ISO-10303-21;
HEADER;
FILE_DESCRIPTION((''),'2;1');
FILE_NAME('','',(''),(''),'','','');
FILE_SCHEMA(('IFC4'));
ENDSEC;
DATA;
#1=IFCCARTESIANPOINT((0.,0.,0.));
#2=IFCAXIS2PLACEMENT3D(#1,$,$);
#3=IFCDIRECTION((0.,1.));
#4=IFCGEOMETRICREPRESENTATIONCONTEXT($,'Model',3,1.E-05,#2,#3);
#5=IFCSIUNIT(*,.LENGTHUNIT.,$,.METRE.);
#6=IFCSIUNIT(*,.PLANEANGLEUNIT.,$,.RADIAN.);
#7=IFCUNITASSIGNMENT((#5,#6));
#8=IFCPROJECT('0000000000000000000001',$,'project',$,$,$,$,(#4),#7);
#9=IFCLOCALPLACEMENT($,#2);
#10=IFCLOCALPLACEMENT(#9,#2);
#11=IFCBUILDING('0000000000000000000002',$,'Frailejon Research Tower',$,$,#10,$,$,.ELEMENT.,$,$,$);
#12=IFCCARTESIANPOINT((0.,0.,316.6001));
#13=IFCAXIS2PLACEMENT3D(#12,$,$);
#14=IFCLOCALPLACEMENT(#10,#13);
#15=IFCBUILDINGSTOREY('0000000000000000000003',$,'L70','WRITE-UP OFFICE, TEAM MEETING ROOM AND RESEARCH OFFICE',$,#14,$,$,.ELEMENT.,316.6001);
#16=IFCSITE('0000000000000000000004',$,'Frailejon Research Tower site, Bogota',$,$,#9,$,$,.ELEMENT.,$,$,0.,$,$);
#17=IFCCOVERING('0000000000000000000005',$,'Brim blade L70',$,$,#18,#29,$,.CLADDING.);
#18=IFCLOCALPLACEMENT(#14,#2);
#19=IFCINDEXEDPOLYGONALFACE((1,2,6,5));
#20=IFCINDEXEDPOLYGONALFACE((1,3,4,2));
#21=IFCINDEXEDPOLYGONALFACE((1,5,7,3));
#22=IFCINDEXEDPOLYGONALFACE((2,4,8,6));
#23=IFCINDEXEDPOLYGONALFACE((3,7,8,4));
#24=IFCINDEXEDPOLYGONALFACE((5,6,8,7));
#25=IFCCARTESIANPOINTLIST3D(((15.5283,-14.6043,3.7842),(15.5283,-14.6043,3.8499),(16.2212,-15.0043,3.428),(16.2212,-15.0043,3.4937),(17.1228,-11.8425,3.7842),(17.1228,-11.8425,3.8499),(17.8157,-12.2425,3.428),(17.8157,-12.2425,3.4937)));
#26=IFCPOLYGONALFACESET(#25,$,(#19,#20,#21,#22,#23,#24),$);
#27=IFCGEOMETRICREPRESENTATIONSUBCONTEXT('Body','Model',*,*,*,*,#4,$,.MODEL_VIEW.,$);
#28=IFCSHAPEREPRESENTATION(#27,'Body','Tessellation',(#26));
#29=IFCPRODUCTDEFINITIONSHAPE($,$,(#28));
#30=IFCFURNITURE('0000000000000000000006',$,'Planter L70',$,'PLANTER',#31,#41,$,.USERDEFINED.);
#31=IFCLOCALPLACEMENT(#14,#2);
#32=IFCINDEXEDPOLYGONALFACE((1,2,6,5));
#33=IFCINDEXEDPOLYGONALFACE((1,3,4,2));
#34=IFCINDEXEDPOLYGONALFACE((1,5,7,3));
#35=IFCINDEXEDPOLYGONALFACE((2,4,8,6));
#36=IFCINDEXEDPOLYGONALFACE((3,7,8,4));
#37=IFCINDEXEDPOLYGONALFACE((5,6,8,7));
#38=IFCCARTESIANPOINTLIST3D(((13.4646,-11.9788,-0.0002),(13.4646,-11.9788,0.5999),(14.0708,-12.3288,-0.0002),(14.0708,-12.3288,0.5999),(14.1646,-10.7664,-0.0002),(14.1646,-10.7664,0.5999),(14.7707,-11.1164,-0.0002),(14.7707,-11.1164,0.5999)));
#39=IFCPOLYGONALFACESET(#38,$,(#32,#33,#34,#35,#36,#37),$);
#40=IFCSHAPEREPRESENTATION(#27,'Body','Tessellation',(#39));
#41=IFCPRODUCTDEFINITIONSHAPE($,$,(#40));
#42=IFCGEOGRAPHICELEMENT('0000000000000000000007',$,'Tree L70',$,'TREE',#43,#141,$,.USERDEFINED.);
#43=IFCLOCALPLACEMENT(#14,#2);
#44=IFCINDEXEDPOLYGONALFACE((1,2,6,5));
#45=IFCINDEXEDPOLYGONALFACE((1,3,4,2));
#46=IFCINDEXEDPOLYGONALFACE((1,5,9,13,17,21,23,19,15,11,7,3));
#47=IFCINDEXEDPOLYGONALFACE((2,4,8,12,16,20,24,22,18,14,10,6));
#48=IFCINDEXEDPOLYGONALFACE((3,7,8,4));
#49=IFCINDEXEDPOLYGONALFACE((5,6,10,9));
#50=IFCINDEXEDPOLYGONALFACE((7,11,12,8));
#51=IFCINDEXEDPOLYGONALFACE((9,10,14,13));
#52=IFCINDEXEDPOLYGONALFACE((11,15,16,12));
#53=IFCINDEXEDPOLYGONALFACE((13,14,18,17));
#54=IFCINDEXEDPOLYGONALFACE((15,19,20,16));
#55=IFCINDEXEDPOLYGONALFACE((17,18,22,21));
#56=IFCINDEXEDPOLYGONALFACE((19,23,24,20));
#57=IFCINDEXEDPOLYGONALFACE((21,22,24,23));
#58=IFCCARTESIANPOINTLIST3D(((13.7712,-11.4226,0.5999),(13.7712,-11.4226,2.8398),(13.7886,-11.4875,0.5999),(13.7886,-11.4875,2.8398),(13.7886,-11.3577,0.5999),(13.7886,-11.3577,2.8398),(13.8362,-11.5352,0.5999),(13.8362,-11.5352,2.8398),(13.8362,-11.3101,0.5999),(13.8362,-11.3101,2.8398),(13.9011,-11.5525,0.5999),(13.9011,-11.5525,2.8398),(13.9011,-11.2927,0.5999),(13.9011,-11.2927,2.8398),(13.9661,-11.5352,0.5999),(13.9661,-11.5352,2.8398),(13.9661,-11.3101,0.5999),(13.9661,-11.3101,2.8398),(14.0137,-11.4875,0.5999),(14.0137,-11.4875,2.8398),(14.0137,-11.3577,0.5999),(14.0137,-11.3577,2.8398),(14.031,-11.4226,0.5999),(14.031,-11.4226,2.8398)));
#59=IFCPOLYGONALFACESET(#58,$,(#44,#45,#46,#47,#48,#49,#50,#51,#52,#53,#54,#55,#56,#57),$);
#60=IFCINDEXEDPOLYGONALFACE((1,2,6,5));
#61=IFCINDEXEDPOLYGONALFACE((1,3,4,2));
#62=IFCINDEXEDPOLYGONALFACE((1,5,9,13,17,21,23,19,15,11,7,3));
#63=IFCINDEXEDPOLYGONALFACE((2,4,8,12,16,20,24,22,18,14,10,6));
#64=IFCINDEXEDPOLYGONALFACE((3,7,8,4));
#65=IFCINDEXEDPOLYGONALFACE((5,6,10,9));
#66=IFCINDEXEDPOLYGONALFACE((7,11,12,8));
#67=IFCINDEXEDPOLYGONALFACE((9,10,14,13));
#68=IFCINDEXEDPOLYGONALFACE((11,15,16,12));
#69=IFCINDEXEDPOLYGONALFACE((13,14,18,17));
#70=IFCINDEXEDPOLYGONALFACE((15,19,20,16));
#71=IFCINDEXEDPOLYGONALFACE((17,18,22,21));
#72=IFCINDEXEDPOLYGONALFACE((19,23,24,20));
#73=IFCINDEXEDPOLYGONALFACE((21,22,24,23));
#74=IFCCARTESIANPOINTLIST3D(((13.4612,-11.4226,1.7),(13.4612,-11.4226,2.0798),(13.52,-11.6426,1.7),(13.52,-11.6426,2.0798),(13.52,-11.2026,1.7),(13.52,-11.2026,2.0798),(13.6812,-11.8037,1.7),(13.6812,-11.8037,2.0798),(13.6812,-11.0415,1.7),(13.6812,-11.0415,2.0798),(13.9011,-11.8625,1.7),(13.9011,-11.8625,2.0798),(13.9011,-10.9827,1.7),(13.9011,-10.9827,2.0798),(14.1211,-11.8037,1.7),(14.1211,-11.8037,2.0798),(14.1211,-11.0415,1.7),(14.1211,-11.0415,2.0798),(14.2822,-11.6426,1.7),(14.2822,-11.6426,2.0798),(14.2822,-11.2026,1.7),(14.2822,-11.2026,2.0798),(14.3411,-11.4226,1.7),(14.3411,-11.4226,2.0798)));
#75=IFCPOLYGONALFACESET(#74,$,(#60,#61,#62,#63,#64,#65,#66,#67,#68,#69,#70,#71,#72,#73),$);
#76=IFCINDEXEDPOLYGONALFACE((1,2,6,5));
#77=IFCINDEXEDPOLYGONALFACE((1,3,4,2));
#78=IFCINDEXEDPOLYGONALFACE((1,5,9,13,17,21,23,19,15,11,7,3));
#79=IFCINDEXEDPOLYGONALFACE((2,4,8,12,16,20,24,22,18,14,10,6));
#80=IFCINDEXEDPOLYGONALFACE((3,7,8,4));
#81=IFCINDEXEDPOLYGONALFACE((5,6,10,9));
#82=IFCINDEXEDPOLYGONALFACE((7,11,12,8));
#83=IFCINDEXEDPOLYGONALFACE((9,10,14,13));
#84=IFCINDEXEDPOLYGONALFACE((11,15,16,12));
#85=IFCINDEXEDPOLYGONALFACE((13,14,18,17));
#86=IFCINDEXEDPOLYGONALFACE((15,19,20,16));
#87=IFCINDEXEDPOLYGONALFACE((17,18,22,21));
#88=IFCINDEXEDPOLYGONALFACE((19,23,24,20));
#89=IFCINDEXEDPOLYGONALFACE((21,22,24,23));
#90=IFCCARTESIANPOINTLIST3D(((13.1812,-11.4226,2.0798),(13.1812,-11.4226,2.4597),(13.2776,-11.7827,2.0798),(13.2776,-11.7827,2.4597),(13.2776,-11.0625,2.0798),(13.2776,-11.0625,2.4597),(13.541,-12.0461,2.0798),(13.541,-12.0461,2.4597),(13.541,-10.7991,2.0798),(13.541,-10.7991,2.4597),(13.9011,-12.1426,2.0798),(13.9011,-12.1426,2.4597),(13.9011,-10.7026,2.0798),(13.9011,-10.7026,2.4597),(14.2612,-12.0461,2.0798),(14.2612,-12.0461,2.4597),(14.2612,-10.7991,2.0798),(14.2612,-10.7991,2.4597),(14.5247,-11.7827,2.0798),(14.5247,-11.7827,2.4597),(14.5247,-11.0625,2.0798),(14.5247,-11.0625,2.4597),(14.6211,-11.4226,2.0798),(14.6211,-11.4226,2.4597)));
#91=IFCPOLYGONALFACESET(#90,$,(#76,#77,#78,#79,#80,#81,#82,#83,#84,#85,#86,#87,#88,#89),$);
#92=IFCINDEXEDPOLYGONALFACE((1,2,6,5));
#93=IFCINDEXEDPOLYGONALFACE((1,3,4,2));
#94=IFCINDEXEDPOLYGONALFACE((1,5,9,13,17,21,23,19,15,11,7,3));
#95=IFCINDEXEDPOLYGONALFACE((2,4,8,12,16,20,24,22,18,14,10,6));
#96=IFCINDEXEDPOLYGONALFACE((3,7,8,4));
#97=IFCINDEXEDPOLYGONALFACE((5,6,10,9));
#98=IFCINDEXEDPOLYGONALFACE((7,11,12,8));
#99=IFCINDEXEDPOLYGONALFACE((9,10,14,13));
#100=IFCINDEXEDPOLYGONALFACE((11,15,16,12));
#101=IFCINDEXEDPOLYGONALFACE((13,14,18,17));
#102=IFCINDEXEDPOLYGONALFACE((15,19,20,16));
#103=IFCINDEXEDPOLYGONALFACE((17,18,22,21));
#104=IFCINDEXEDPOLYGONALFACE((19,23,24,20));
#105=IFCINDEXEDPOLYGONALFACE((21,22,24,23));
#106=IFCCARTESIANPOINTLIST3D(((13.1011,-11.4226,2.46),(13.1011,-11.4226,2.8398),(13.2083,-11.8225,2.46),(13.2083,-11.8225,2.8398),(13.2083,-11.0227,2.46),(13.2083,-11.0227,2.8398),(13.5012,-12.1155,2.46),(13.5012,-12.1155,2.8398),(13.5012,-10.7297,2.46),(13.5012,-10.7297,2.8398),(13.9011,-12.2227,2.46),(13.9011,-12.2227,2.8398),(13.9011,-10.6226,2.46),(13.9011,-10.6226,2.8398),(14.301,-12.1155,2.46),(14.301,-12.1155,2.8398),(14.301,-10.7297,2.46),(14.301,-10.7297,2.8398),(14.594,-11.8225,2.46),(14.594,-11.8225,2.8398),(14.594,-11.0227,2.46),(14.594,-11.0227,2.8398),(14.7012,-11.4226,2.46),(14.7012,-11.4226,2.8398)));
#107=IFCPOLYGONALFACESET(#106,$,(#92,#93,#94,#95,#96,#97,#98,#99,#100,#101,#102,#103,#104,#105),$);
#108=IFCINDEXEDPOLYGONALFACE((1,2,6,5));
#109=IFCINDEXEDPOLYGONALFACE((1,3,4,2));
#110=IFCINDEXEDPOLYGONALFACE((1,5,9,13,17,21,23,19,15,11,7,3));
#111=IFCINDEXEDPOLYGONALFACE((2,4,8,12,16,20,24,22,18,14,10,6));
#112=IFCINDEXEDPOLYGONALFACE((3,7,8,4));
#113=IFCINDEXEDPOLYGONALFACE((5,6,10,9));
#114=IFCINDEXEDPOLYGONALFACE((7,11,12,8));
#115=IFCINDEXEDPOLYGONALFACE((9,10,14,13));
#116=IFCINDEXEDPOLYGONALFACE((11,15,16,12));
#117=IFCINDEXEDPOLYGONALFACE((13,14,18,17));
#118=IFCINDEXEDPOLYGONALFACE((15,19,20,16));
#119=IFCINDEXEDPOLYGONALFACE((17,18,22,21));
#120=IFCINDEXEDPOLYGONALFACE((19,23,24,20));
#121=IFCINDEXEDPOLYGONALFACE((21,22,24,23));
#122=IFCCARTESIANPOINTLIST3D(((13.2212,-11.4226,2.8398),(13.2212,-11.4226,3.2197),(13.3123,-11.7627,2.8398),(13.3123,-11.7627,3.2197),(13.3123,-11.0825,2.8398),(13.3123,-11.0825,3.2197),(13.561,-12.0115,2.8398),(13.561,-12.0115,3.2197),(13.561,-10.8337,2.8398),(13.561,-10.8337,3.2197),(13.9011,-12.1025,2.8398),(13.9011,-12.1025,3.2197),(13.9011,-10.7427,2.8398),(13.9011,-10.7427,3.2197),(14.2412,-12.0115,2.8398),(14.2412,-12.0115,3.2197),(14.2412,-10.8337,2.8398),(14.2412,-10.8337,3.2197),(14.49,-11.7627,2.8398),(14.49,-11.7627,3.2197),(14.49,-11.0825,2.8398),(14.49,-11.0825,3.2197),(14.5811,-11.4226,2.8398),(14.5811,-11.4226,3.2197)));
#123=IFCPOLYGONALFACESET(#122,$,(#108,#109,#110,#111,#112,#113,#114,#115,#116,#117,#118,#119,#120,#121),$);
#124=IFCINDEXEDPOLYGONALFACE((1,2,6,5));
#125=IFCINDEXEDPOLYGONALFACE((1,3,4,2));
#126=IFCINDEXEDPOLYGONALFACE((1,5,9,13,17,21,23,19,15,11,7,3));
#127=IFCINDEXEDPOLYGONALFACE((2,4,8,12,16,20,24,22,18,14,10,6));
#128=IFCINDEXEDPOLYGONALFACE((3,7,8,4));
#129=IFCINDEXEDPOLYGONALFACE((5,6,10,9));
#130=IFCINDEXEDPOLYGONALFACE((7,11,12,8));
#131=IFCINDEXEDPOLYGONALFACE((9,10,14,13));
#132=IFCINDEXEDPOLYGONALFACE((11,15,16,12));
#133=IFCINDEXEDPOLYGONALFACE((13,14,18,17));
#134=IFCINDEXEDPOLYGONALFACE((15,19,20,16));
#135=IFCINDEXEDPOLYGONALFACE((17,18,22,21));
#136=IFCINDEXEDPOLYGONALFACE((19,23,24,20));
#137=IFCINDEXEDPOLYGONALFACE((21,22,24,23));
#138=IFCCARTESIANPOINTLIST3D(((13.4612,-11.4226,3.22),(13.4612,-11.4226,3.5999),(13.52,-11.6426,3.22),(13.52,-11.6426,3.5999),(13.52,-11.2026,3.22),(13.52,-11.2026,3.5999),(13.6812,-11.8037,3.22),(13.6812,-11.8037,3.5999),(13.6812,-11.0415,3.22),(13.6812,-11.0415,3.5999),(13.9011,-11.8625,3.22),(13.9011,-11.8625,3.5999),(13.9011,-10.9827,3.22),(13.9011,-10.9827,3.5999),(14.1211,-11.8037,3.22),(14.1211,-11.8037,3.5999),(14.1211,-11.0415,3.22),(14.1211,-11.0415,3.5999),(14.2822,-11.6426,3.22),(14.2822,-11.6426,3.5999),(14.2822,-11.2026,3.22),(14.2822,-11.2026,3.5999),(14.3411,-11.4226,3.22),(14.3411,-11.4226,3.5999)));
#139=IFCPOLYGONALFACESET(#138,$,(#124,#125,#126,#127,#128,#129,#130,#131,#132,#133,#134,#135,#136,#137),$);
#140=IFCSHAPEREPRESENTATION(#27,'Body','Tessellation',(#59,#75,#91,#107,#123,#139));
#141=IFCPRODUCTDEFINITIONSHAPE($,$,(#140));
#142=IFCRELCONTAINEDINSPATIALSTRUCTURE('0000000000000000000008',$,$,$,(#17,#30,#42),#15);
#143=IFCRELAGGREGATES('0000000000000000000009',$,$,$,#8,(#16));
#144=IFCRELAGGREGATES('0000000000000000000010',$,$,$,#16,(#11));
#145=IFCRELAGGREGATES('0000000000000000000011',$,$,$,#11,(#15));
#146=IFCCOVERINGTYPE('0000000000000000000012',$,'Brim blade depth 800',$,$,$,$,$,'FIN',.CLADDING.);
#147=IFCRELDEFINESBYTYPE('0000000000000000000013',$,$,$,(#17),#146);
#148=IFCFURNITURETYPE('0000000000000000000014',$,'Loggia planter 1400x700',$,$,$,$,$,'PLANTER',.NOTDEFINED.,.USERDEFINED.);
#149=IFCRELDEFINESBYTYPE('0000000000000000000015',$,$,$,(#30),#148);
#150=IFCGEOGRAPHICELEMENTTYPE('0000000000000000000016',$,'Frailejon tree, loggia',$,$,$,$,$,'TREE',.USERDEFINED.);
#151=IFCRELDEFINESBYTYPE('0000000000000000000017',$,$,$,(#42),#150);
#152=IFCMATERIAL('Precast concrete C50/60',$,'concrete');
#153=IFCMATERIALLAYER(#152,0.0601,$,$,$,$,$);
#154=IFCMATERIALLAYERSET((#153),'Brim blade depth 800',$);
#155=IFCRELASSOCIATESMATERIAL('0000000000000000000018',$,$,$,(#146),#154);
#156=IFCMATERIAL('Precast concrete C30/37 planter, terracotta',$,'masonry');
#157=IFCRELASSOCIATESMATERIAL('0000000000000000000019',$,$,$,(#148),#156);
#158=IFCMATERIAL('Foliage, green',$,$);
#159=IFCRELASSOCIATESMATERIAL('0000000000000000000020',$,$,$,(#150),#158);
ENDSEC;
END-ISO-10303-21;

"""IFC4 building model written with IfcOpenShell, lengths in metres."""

from ifc_helpers import new_model, si_unit, direction, frame, origin, origin_2d, place, context, subcontext, project, spatial, polyline, rectangle, outline, extrude, material, layer, layer_set, type_object, element, save


model = new_model("IFC4")

# Units and contexts
model_context = context("Model", 3, precision=1e-05, world=origin(), true_north=direction((0.0, 1.0)))
body_context = subcontext(model_context, "Body", "Model", "MODEL_VIEW")
ifc_project = project(units=[si_unit("LENGTHUNIT", "METRE"), si_unit("PLANEANGLEUNIT", "RADIAN")], contexts=[model_context])

# Site, building, storey
site_placement = place(None, origin())
site = spatial("IfcSite", under=ifc_project, at=site_placement, Name="Frailejon Research Tower site, Bogota", CompositionType="ELEMENT", RefElevation=0.0)
building_placement = place(site_placement, origin())
building = spatial("IfcBuilding", under=site, at=building_placement, Name="Frailejon Research Tower", CompositionType="ELEMENT")
storey_placement = place(building_placement, frame((0.0, 0.0, 316.6001)))
storey = spatial("IfcBuildingStorey", under=building, at=storey_placement, Name="L70", Description="WRITE-UP OFFICE, TEAM MEETING ROOM AND RESEARCH OFFICE", CompositionType="ELEMENT", Elevation=316.6001)

# Covering
ifc_material_1 = material(Name="Precast concrete C50/60", Category="concrete")
ifc_layer_1 = layer(ifc_material_1, 0.0601)
ifc_layer_set_1 = layer_set([ifc_layer_1], Name="Brim blade depth 800")
covering_type_1 = type_object("IfcCoveringType", Name="Brim blade depth 800", ElementType="FIN", PredefinedType="CLADDING", material=ifc_layer_set_1)
for number, where, z_axis, x_axis, name in (
    (1, (17.1228, -11.8425, 3.8499), (-0.499994, -0.866029, 0.0), (0.866029, -0.499994, 0.0), "Brim blade L70"),
):
    element("IfcCovering", number, at=place(storey_placement, frame(where, z_axis=z_axis, x_axis=x_axis)), inside=storey, type_object=covering_type_1, Name=name, PredefinedType="CLADDING", context=body_context, shape_type="SweptSolid", body=[
        extrude(outline(polyline([(0.0, -0.0657), (0.8, -0.4219), (0.8, -0.3562), (0.0, 0.0), (0.0, -0.0657)])), origin(), (0.0, 0.0, 1.0), 3.189),
    ])

# Furniture
ifc_material_2 = material(Name="Precast concrete C30/37 planter, terracotta", Category="masonry")
furniture_type = type_object("IfcFurnitureType", Name="Loggia planter 1400x700", ElementType="PLANTER", AssemblyPlace="NOTDEFINED", PredefinedType="USERDEFINED", material=ifc_material_2)
furniture_placement = place(storey_placement, frame((14.1177, -11.5476, -0.0002), z_axis=(0.0, 0.0, 1.0), x_axis=(0.5, 0.866025, 0.0)))
element("IfcFurniture", 2, at=furniture_placement, inside=storey, type_object=furniture_type, Name="Planter L70", ObjectType="PLANTER", PredefinedType="USERDEFINED", context=body_context, shape_type="SweptSolid", body=[
    extrude(rectangle(XDim=1.3999, YDim=0.7, at=origin_2d()), origin(), (0.0, 0.0, 1.0), 0.6001),
])

# Geographic element
ifc_material_3 = material(Name="Foliage, green")
geographic_element_type = type_object("IfcGeographicElementType", Name="Frailejon tree, loggia", ElementType="TREE", PredefinedType="USERDEFINED", material=ifc_material_3)
geographic_element_placement = place(storey_placement, frame((13.9011, -11.4226, 0.5999)))
element("IfcGeographicElement", 3, at=geographic_element_placement, inside=storey, type_object=geographic_element_type, Name="Tree L70", ObjectType="TREE", PredefinedType="USERDEFINED", context=body_context, shape_type="SweptSolid", body=[
    extrude(outline(polyline([(0.1299, 0.0), (0.1125, 0.0649), (0.0649, 0.1125), (0.0, 0.1299), (-0.0649, 0.1125), (-0.1125, 0.0649), (-0.1299, 0.0), (-0.1125, -0.0649), (-0.0649, -0.1125), (0.0, -0.1299), (0.0649, -0.1125), (0.1125, -0.0649), (0.1299, 0.0)])), origin(), (0.0, 0.0, 1.0), 2.24),
    extrude(outline(polyline([(0.4399, 0.0), (0.3811, 0.22), (0.22, 0.3811), (0.0, 0.4399), (-0.22, 0.3811), (-0.3811, 0.22), (-0.4399, 0.0), (-0.3811, -0.22), (-0.22, -0.3811), (0.0, -0.4399), (0.22, -0.3811), (0.3811, -0.22), (0.4399, 0.0)])), frame((0.0, 0.0, 1.1001)), (0.0, 0.0, 1.0), 0.3799),
    extrude(outline(polyline([(0.72, 0.0), (0.6235, 0.3601), (0.3601, 0.6235), (0.0, 0.72), (-0.3601, 0.6235), (-0.6235, 0.3601), (-0.72, 0.0), (-0.6235, -0.3601), (-0.3601, -0.6235), (0.0, -0.72), (0.3601, -0.6235), (0.6235, -0.3601), (0.72, 0.0)])), frame((0.0, 0.0, 1.48)), (0.0, 0.0, 1.0), 0.3799),
    extrude(outline(polyline([(0.8, 0.0), (0.6929, 0.3999), (0.3999, 0.6929), (0.0, 0.8), (-0.3999, 0.6929), (-0.6929, 0.3999), (-0.8, 0.0), (-0.6929, -0.3999), (-0.3999, -0.6929), (0.0, -0.8), (0.3999, -0.6929), (0.6929, -0.3999), (0.8, 0.0)])), frame((0.0, 0.0, 1.8601)), (0.0, 0.0, 1.0), 0.3799),
    extrude(outline(polyline([(0.6799, 0.0), (0.5889, 0.3401), (0.3401, 0.5889), (0.0, 0.6799), (-0.3401, 0.5889), (-0.5889, 0.3401), (-0.6799, 0.0), (-0.5889, -0.3401), (-0.3401, -0.5889), (0.0, -0.6799), (0.3401, -0.5889), (0.5889, -0.3401), (0.6799, 0.0)])), frame((0.0, 0.0, 2.24)), (0.0, 0.0, 1.0), 0.3799),
    extrude(outline(polyline([(0.4399, 0.0), (0.3811, 0.22), (0.22, 0.3811), (0.0, 0.4399), (-0.22, 0.3811), (-0.3811, 0.22), (-0.4399, 0.0), (-0.3811, -0.22), (-0.22, -0.3811), (0.0, -0.4399), (0.22, -0.3811), (0.3811, -0.22), (0.4399, 0.0)])), frame((0.0, 0.0, 2.6201)), (0.0, 0.0, 1.0), 0.3799),
])

save(model, "model.ifc")
